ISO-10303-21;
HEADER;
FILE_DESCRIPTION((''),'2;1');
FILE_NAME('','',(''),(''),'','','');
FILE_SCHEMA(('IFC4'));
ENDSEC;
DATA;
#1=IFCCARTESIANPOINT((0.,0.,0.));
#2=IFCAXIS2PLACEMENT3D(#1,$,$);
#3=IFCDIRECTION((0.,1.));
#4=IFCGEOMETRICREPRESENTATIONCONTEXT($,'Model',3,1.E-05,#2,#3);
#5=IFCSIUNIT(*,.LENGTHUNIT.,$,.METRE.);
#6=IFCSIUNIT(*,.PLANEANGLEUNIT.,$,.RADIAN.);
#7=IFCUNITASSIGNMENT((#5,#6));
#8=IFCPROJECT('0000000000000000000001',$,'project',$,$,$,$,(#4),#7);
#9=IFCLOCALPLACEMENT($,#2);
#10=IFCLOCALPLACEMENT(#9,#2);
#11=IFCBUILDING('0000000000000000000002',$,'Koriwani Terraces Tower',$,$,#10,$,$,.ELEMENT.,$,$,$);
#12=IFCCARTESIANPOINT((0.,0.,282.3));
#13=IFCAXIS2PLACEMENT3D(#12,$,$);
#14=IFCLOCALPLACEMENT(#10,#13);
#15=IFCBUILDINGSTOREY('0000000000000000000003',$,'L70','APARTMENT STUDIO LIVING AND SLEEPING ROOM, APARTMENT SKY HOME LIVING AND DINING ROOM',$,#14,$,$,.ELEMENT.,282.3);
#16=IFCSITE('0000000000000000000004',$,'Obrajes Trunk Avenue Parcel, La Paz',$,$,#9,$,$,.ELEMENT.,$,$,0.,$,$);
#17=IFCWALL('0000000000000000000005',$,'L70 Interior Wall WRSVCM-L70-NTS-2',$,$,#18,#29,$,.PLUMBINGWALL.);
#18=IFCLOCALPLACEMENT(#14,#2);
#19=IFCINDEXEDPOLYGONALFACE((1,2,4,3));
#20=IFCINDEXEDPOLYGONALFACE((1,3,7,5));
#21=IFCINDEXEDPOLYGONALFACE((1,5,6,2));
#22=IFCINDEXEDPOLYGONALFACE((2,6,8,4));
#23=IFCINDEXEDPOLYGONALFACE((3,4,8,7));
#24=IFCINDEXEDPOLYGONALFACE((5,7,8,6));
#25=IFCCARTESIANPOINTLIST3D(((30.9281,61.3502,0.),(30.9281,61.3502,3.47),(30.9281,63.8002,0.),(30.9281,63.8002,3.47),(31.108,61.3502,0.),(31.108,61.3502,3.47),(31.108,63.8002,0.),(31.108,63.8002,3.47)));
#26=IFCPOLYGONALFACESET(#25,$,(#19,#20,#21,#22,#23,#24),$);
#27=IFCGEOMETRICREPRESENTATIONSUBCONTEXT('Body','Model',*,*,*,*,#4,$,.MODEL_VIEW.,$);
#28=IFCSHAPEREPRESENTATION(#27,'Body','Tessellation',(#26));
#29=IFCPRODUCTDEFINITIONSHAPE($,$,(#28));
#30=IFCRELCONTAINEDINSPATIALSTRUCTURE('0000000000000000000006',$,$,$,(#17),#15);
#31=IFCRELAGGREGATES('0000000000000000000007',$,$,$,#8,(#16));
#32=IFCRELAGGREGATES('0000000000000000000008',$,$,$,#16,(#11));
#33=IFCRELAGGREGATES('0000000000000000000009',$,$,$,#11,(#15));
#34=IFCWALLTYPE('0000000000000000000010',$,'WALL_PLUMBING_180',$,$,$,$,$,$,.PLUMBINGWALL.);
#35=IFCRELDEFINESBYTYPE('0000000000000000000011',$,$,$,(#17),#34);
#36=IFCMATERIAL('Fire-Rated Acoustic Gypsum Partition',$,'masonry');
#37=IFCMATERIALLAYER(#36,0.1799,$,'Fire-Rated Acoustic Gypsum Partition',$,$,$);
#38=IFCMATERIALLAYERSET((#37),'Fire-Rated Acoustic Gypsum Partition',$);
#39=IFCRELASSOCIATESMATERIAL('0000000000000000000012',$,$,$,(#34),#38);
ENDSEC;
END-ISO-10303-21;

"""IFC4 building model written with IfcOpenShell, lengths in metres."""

from ifc_helpers import new_model, si_unit, direction, frame, frame_2d, origin, place, context, subcontext, project, spatial, rectangle, extrude, material, layer, layer_set, type_object, element, save


model = new_model("IFC4")

# Units and contexts
model_context = context("Model", 3, precision=1e-05, world=origin(), true_north=direction((0.0, 1.0)))
body_context = subcontext(model_context, "Body", "Model", "MODEL_VIEW")
ifc_project = project(units=[si_unit("LENGTHUNIT", "METRE"), si_unit("PLANEANGLEUNIT", "RADIAN")], contexts=[model_context])

# Site, building, storey
site_placement = place(None, origin())
site = spatial("IfcSite", under=ifc_project, at=site_placement, Name="Obrajes Trunk Avenue Parcel, La Paz", CompositionType="ELEMENT", RefElevation=0.0)
building_placement = place(site_placement, origin())
building = spatial("IfcBuilding", under=site, at=building_placement, Name="Koriwani Terraces Tower", CompositionType="ELEMENT")
storey_placement = place(building_placement, frame((0.0, 0.0, 282.3)))
storey = spatial("IfcBuildingStorey", under=building, at=storey_placement, Name="L70", Description="APARTMENT STUDIO LIVING AND SLEEPING ROOM, APARTMENT SKY HOME LIVING AND DINING ROOM", CompositionType="ELEMENT", Elevation=282.3)

# Shared definitions
ifc_material_1 = material(Name="Fire-Rated Acoustic Gypsum Partition", Category="masonry")
ifc_layer_1 = layer(ifc_material_1, 0.1799, Name="Fire-Rated Acoustic Gypsum Partition")
ifc_layer_set_1 = layer_set([ifc_layer_1], Name="Fire-Rated Acoustic Gypsum Partition")
wall_type_1 = type_object("IfcWallType", Name="WALL_PLUMBING_180", PredefinedType="PLUMBINGWALL", material=ifc_layer_set_1)

# Wall
for number, where, z_axis, x_axis, name in (
    (1, (31.0181, 61.3501, 0.0), (0.0, 0.0, 1.0), (0.0, 1.0, 0.0), "L70 Interior Wall WRSVCM-L70-NTS-2"),
):
    element("IfcWall", number, at=place(storey_placement, frame(where, z_axis=z_axis, x_axis=x_axis)), inside=storey, type_object=wall_type_1, Name=name, PredefinedType="PLUMBINGWALL", context=body_context, shape_type="SweptSolid", body=[
        extrude(rectangle(XDim=2.45, YDim=0.1799, at=frame_2d((1.2251, 0.0))), origin(), (0.0, 0.0, 1.0), 3.47),
    ])

save(model, "model.ifc")
